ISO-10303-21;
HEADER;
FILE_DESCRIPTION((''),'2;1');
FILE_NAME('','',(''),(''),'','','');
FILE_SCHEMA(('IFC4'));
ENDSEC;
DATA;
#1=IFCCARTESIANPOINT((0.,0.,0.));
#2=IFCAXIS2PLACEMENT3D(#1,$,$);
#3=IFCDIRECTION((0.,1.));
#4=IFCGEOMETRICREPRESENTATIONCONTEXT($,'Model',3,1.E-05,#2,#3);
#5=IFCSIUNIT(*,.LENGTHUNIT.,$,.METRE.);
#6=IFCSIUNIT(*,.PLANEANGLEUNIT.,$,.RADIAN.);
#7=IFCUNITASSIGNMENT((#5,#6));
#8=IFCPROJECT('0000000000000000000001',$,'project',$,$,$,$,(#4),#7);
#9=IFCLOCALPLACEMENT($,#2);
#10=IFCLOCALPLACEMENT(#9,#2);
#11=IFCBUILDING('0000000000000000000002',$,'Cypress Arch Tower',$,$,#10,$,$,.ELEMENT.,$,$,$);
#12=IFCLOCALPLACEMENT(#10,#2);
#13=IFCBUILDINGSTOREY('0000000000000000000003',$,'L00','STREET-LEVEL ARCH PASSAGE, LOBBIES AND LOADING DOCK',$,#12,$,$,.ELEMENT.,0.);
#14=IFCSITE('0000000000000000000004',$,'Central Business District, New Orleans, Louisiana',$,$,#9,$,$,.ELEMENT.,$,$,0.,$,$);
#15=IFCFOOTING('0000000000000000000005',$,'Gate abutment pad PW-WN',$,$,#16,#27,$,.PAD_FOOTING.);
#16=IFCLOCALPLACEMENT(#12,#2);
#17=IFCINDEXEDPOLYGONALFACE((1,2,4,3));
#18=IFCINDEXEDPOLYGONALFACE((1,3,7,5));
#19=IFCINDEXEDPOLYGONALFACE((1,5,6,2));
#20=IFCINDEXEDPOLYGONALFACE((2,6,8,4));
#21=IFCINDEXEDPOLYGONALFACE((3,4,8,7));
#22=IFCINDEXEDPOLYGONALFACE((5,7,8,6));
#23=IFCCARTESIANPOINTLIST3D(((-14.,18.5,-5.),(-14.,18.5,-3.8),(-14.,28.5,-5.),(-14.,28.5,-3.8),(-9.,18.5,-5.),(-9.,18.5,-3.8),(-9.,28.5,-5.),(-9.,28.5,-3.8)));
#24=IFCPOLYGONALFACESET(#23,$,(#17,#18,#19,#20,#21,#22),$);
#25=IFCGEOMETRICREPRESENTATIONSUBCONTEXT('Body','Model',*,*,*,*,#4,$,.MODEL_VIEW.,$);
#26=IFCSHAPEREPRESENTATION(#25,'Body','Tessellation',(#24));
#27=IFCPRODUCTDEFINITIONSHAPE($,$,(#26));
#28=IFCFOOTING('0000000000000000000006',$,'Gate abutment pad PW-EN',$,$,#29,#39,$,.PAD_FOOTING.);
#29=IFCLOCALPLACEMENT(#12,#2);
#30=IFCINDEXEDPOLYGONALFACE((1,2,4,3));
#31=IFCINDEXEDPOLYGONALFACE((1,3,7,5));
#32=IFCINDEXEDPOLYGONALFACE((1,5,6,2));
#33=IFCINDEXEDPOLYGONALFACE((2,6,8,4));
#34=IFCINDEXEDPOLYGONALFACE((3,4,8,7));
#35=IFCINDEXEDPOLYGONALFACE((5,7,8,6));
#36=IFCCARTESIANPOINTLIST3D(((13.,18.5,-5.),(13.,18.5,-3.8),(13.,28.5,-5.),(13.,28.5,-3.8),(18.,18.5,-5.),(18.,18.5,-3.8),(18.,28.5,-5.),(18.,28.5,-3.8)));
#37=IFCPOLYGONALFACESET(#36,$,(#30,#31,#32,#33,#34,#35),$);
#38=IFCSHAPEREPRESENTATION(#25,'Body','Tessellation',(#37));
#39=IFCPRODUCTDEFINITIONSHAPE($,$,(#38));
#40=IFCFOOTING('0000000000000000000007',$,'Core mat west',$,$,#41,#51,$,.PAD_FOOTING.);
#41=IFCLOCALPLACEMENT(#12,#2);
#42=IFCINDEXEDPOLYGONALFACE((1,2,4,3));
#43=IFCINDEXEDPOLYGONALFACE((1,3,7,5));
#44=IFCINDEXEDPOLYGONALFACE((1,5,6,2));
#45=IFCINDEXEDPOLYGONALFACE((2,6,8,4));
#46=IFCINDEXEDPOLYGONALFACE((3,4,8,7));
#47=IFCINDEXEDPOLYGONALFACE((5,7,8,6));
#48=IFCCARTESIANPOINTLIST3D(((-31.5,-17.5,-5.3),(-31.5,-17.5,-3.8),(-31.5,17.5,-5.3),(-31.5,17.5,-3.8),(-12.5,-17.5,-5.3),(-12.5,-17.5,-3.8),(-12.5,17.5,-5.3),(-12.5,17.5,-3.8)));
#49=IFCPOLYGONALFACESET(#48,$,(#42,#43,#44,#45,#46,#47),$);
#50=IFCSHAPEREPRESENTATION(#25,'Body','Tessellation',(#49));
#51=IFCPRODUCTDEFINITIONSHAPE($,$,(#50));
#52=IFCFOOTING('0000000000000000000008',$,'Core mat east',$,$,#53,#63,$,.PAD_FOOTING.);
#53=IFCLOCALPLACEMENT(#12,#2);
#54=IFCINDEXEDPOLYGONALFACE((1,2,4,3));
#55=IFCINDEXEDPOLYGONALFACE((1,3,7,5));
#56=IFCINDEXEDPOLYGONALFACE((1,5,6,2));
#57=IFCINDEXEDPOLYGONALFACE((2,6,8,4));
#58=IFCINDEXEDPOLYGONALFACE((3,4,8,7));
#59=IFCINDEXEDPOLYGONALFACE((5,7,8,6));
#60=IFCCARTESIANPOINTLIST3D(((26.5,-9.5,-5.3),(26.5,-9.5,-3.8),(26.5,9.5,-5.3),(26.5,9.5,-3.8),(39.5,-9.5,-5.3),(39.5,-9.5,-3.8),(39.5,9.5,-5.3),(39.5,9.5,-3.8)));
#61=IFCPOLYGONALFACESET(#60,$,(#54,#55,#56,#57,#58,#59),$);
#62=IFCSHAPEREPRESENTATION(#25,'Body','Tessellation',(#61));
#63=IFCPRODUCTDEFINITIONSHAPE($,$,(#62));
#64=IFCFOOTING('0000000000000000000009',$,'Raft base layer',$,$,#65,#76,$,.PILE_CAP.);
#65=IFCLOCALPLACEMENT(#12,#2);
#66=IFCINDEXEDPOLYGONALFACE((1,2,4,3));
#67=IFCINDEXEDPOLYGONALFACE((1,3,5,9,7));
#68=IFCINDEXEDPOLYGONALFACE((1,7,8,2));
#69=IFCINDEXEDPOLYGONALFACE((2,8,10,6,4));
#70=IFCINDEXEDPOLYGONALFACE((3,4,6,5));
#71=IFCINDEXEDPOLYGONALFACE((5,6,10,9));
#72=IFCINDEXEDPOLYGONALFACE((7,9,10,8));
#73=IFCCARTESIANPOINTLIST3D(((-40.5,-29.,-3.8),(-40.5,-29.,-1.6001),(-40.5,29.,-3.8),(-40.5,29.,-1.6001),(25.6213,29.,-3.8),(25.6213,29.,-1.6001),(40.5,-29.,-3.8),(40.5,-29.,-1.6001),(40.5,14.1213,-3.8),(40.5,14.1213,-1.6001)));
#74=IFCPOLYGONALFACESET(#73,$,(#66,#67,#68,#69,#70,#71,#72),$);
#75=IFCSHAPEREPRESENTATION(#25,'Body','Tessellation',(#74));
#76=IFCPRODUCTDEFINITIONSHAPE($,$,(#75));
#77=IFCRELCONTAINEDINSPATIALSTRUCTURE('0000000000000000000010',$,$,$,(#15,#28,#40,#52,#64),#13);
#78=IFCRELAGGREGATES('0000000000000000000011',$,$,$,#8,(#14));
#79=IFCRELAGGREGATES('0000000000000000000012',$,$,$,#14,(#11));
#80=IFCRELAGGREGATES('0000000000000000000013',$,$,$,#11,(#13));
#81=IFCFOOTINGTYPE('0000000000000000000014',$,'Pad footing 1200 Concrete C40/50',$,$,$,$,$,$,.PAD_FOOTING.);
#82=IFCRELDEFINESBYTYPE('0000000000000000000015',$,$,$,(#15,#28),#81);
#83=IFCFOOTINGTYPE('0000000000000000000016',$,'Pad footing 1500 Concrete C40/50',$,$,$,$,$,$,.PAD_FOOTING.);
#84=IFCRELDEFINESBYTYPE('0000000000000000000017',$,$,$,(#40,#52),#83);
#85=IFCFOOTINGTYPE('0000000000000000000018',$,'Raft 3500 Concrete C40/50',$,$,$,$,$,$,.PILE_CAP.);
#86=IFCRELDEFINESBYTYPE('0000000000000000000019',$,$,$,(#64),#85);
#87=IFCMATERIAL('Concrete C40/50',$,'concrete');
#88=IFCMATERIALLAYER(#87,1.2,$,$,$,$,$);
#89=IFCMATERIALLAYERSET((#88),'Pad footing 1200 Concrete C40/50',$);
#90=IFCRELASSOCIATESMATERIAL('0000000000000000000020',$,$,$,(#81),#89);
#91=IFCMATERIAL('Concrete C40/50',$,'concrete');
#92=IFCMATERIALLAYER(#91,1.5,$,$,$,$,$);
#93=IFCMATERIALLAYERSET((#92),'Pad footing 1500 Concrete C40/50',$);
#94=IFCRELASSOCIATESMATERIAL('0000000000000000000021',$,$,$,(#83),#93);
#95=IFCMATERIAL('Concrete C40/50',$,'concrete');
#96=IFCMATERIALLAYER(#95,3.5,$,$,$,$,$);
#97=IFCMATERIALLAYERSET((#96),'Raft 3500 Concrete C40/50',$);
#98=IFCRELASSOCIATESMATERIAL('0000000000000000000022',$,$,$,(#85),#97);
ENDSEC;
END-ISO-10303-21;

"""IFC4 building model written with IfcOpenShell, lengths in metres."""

from ifc_helpers import new_model, si_unit, direction, frame, origin, place, context, subcontext, project, spatial, polyline, outline, extrude, material, layer, layer_set, type_object, element, save


model = new_model("IFC4")

# Units and contexts
model_context = context("Model", 3, precision=1e-05, world=origin(), true_north=direction((0.0, 1.0)))
body_context = subcontext(model_context, "Body", "Model", "MODEL_VIEW")
ifc_project = project(units=[si_unit("LENGTHUNIT", "METRE"), si_unit("PLANEANGLEUNIT", "RADIAN")], contexts=[model_context])

# Site, building, storey
site_placement = place(None, origin())
site = spatial("IfcSite", under=ifc_project, at=site_placement, Name="Central Business District, New Orleans, Louisiana", CompositionType="ELEMENT", RefElevation=0.0)
building_placement = place(site_placement, origin())
building = spatial("IfcBuilding", under=site, at=building_placement, Name="Cypress Arch Tower", CompositionType="ELEMENT")
storey_placement = place(building_placement, origin())
storey = spatial("IfcBuildingStorey", under=building, at=storey_placement, Name="L00", Description="STREET-LEVEL ARCH PASSAGE, LOBBIES AND LOADING DOCK", CompositionType="ELEMENT", Elevation=0.0)

# Footings
ifc_material_1 = material(Name="Concrete C40/50", Category="concrete")
ifc_layer_1 = layer(ifc_material_1, 1.2)
ifc_layer_set_1 = layer_set([ifc_layer_1], Name="Pad footing 1200 Concrete C40/50")
footing_type_1 = type_object("IfcFootingType", Name="Pad footing 1200 Concrete C40/50", PredefinedType="PAD_FOOTING", material=ifc_layer_set_1)
footing_1_placement = place(storey_placement, frame((0.0, 0.0, -5.0)))
element("IfcFooting", 1, at=footing_1_placement, inside=storey, type_object=footing_type_1, Name="Gate abutment pad PW-WN", PredefinedType="PAD_FOOTING", context=body_context, shape_type="SweptSolid", body=[
    extrude(outline(polyline([(-14.0, 18.5), (-14.0, 28.5), (-9.0, 28.5), (-9.0, 18.5), (-14.0, 18.5)])), origin(), (0.0, 0.0, 1.0), 1.2),
])
footing_2_placement = place(storey_placement, frame((0.0, 0.0, -5.0)))
element("IfcFooting", 2, at=footing_2_placement, inside=storey, type_object=footing_type_1, Name="Gate abutment pad PW-EN", PredefinedType="PAD_FOOTING", context=body_context, shape_type="SweptSolid", body=[
    extrude(outline(polyline([(13.0, 18.5), (13.0, 28.5), (18.0, 28.5), (18.0, 18.5), (13.0, 18.5)])), origin(), (0.0, 0.0, 1.0), 1.2),
])
ifc_material_2 = material(Name="Concrete C40/50", Category="concrete")
ifc_layer_2 = layer(ifc_material_2, 1.5)
ifc_layer_set_2 = layer_set([ifc_layer_2], Name="Pad footing 1500 Concrete C40/50")
footing_type_2 = type_object("IfcFootingType", Name="Pad footing 1500 Concrete C40/50", PredefinedType="PAD_FOOTING", material=ifc_layer_set_2)
footing_3_placement = place(storey_placement, frame((0.0, 0.0, -5.3)))
element("IfcFooting", 3, at=footing_3_placement, inside=storey, type_object=footing_type_2, Name="Core mat west", PredefinedType="PAD_FOOTING", context=body_context, shape_type="SweptSolid", body=[
    extrude(outline(polyline([(-31.5, -17.5), (-31.5, 17.5), (-12.5, 17.5), (-12.5, -17.5), (-31.5, -17.5)])), origin(), (0.0, 0.0, 1.0), 1.5),
])
footing_4_placement = place(storey_placement, frame((0.0, 0.0, -5.3)))
element("IfcFooting", 4, at=footing_4_placement, inside=storey, type_object=footing_type_2, Name="Core mat east", PredefinedType="PAD_FOOTING", context=body_context, shape_type="SweptSolid", body=[
    extrude(outline(polyline([(26.5, -9.5), (26.5, 9.5), (39.5, 9.5), (39.5, -9.5), (26.5, -9.5)])), origin(), (0.0, 0.0, 1.0), 1.5),
])
ifc_material_3 = material(Name="Concrete C40/50", Category="concrete")
ifc_layer_3 = layer(ifc_material_3, 3.5)
ifc_layer_set_3 = layer_set([ifc_layer_3], Name="Raft 3500 Concrete C40/50")
footing_type_3 = type_object("IfcFootingType", Name="Raft 3500 Concrete C40/50", PredefinedType="PILE_CAP", material=ifc_layer_set_3)
footing_5_placement = place(storey_placement, frame((0.0, 0.0, -3.8)))
element("IfcFooting", 5, at=footing_5_placement, inside=storey, type_object=footing_type_3, Name="Raft base layer", PredefinedType="PILE_CAP", context=body_context, shape_type="SweptSolid", body=[
    extrude(outline(polyline([(-40.5, -29.0), (40.5, -29.0), (40.5, 14.1213), (25.6213, 29.0), (-40.5, 29.0), (-40.5, -29.0)])), origin(), (0.0, 0.0, 1.0), 2.2),
])

save(model, "model.ifc")
